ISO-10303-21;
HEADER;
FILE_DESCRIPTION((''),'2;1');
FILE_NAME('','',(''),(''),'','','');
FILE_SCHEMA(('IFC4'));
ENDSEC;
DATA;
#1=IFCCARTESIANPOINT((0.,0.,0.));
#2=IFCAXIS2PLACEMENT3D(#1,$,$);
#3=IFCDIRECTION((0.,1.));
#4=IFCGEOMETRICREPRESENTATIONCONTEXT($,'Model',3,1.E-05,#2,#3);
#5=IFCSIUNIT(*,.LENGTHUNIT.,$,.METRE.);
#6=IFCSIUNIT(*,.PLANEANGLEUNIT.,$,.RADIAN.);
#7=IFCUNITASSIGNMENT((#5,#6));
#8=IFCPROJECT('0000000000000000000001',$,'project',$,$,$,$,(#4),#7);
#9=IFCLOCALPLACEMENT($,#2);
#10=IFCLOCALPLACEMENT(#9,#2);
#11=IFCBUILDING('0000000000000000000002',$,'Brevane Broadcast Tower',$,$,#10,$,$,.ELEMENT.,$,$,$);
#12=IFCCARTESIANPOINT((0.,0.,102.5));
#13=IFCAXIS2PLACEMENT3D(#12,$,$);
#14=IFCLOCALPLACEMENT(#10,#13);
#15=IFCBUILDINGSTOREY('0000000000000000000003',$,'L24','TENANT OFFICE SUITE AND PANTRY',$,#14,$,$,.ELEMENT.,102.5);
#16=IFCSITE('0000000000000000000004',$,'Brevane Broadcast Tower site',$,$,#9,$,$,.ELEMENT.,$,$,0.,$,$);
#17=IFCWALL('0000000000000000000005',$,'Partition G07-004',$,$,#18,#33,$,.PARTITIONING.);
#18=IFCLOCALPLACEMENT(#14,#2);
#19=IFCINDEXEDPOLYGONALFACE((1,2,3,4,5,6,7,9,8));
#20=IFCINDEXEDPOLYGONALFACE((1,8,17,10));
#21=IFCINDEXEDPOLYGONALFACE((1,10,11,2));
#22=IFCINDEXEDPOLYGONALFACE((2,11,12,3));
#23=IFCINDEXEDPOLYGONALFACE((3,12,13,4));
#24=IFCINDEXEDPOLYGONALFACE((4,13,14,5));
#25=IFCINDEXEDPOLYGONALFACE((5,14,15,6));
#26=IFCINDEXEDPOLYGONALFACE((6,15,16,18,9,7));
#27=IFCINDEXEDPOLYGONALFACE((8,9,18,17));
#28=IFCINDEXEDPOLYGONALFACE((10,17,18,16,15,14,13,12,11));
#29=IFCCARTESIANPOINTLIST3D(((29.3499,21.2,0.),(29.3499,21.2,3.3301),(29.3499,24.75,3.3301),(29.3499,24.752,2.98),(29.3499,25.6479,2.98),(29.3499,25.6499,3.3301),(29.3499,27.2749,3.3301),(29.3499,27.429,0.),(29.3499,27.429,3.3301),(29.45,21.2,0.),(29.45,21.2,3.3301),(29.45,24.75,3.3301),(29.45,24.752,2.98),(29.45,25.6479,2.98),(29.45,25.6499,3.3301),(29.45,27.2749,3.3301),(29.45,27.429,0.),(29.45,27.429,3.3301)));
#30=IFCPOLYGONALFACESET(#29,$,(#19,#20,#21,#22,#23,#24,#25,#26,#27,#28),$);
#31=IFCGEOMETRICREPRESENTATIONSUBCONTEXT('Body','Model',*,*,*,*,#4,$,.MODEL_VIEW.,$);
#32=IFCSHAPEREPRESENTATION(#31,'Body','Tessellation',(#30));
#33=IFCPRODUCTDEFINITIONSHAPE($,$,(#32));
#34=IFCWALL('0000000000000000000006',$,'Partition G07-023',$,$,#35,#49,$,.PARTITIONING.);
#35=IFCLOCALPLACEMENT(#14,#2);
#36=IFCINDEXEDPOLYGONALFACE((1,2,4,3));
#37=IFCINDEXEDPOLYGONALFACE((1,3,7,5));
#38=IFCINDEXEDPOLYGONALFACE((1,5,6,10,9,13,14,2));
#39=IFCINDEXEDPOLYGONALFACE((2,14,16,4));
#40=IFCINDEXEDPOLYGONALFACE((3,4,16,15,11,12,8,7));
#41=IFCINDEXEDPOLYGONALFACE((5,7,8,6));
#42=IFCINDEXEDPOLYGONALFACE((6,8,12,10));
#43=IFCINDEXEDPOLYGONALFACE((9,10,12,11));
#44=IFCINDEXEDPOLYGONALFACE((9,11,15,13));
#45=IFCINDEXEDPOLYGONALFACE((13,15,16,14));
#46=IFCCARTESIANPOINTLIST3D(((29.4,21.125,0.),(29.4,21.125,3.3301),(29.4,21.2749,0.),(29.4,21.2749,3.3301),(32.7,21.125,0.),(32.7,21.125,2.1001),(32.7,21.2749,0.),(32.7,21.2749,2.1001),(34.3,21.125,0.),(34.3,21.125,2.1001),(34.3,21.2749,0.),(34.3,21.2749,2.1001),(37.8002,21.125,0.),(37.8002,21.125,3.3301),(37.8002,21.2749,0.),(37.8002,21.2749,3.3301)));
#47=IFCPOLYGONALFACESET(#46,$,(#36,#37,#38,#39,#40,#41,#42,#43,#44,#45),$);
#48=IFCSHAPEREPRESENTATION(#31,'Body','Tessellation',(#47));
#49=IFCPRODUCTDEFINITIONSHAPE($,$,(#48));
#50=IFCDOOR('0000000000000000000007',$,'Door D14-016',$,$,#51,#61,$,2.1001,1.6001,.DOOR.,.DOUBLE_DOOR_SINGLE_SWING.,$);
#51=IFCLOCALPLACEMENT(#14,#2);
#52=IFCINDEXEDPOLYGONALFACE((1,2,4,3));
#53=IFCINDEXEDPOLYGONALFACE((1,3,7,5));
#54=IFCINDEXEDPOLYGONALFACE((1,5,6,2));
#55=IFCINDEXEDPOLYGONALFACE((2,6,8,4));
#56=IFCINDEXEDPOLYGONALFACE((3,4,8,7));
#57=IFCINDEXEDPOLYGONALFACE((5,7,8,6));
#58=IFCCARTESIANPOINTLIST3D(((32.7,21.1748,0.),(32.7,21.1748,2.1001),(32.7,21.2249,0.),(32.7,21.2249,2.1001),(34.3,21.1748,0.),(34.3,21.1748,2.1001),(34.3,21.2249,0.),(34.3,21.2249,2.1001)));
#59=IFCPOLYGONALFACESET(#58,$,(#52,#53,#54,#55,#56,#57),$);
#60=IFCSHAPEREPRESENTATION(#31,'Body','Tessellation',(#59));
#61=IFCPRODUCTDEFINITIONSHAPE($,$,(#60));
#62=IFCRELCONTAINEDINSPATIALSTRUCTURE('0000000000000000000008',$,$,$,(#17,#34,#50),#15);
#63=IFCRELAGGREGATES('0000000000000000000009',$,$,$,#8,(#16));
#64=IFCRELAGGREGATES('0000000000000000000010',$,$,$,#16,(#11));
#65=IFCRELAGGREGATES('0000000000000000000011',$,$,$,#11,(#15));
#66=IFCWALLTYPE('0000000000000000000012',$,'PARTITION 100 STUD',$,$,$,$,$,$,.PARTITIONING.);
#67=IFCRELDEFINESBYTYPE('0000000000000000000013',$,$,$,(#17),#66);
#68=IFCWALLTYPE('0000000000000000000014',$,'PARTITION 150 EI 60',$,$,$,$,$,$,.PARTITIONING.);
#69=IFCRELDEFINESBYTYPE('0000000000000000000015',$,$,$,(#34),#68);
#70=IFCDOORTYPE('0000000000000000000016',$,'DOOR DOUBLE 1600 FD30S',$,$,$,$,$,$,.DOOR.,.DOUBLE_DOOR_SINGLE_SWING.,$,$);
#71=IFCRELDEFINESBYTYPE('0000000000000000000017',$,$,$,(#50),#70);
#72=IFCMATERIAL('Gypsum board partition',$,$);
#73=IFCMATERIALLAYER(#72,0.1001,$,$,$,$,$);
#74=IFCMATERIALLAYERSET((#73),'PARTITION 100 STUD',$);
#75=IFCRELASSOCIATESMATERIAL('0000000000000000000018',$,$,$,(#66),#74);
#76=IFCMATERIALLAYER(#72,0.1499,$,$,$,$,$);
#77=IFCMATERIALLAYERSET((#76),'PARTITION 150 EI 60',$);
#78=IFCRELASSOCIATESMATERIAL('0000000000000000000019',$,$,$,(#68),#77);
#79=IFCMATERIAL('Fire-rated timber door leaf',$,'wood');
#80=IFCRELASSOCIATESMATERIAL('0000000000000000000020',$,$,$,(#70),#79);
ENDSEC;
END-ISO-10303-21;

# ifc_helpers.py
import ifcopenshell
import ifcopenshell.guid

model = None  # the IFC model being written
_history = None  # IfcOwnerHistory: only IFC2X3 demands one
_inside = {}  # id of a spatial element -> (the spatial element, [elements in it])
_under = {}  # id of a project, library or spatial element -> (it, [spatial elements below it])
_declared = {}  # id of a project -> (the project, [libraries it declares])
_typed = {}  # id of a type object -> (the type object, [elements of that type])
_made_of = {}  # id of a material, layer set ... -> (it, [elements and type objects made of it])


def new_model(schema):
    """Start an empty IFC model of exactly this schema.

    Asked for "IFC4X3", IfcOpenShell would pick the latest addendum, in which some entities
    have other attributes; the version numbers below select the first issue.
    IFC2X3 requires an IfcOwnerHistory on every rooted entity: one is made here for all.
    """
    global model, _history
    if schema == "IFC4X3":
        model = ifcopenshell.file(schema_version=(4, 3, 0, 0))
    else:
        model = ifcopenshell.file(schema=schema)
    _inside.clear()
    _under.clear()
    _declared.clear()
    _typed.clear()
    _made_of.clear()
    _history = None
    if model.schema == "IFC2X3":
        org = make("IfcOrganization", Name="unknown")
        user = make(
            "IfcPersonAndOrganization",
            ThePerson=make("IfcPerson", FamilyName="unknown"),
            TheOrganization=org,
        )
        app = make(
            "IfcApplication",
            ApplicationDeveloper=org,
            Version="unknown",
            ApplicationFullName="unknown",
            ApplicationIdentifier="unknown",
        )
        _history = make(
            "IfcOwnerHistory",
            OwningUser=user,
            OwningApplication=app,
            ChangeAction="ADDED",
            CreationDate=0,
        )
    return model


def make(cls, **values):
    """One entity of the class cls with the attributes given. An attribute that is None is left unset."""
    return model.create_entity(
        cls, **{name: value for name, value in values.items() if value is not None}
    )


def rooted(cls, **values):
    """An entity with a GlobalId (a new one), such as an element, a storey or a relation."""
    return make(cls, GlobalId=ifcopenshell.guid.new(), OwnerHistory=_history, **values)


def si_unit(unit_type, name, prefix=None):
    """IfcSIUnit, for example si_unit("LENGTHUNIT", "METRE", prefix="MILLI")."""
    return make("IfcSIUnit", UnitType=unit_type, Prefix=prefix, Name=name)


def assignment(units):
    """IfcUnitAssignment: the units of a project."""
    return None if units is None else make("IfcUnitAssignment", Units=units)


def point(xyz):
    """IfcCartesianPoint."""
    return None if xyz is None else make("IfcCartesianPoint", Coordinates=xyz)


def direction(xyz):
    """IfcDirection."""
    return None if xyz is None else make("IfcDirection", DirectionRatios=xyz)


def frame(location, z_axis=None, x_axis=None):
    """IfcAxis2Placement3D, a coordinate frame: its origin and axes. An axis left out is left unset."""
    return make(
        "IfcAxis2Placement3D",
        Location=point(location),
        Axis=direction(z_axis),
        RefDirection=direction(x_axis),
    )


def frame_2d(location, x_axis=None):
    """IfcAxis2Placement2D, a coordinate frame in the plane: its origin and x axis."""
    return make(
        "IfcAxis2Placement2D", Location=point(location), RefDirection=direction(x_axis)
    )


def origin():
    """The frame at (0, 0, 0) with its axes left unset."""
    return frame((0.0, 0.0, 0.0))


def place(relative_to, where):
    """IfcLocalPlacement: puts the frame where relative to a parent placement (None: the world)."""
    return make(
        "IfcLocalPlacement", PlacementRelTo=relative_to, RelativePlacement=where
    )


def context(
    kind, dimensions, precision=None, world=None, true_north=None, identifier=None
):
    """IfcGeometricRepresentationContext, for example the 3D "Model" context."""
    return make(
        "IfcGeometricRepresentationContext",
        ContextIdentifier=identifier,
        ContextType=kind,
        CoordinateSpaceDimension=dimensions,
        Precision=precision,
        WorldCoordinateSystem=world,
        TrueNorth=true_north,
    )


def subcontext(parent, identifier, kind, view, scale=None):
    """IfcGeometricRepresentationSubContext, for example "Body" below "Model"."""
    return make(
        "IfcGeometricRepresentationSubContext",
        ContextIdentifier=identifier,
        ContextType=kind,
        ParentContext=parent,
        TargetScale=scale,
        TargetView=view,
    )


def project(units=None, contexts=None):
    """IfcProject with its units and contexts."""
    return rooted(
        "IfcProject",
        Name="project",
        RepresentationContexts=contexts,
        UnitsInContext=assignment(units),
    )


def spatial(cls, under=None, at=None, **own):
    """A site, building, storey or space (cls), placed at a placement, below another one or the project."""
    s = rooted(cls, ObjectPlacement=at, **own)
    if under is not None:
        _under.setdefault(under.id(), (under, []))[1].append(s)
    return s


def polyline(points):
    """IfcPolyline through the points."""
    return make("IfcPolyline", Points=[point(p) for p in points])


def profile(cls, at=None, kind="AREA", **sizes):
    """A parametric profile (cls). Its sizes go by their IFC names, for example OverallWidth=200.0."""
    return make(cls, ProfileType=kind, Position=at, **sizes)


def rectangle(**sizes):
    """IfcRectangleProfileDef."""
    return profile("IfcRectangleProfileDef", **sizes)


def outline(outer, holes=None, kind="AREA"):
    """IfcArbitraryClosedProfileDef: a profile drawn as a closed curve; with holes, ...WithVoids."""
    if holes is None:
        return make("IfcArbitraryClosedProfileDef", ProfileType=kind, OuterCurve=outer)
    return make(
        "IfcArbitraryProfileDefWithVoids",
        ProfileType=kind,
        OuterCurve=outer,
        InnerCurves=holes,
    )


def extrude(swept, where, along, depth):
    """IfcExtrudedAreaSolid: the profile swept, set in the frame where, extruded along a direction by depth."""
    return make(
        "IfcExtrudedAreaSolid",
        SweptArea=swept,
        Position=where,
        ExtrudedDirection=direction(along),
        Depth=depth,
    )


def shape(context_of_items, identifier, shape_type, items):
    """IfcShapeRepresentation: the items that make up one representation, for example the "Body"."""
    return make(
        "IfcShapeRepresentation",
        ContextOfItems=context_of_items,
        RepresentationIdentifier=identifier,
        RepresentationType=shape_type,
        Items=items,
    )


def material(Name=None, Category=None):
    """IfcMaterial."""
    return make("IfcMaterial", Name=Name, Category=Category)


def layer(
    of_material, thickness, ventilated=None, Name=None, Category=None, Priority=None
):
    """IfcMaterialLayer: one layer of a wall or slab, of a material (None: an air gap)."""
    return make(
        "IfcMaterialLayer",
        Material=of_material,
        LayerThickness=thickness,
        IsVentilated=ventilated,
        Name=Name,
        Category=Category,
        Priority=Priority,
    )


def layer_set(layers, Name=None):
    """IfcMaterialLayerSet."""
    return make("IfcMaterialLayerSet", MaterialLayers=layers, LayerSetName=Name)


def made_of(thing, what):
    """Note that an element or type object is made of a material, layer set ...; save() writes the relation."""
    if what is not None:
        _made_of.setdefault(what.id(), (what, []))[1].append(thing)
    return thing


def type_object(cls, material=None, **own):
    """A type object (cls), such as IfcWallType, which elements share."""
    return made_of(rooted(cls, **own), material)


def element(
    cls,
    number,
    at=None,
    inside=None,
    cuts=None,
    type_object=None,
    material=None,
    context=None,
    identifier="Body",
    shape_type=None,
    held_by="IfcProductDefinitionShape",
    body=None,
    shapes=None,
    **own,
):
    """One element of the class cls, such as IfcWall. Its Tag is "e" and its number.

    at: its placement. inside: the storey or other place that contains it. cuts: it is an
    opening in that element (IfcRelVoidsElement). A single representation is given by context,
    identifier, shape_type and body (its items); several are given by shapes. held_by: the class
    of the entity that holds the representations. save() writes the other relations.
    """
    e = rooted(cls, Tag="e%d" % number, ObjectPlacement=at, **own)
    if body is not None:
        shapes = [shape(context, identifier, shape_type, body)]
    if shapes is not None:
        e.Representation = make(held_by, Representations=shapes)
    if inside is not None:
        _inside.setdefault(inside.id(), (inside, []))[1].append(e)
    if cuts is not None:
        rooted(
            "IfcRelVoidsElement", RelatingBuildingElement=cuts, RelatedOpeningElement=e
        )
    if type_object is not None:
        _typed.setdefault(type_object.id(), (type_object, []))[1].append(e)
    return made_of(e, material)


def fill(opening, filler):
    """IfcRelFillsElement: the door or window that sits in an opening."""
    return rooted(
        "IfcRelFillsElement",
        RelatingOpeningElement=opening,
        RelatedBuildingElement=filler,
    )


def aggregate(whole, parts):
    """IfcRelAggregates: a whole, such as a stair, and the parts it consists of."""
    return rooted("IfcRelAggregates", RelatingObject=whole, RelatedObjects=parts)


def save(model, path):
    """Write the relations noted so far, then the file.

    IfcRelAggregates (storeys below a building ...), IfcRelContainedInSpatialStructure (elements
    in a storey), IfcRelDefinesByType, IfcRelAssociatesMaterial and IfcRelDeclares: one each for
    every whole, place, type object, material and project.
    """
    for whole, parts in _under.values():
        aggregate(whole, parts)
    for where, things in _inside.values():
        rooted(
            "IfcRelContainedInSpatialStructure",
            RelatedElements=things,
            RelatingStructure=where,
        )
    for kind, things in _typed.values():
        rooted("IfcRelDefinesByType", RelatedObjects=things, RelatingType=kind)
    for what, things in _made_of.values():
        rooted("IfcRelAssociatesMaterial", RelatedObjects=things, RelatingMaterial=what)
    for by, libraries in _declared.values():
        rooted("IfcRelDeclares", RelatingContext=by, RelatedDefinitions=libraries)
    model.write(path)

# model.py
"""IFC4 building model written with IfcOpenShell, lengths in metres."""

from ifc_helpers import new_model, si_unit, direction, frame, frame_2d, origin, place, context, subcontext, project, spatial, polyline, rectangle, outline, extrude, material, layer, layer_set, type_object, element, fill, save


model = new_model("IFC4")

# Units and contexts
model_context = context("Model", 3, precision=1e-05, world=origin(), true_north=direction((0.0, 1.0)))
body_context = subcontext(model_context, "Body", "Model", "MODEL_VIEW")
ifc_project = project(units=[si_unit("LENGTHUNIT", "METRE"), si_unit("PLANEANGLEUNIT", "RADIAN")], contexts=[model_context])

# Site, building, storey
site_placement = place(None, origin())
site = spatial("IfcSite", under=ifc_project, at=site_placement, Name="Brevane Broadcast Tower site", CompositionType="ELEMENT", RefElevation=0.0)
building_placement = place(site_placement, origin())
building = spatial("IfcBuilding", under=site, at=building_placement, Name="Brevane Broadcast Tower", CompositionType="ELEMENT")
storey_placement = place(building_placement, frame((0.0, 0.0, 102.5)))
storey = spatial("IfcBuildingStorey", under=building, at=storey_placement, Name="L24", Description="TENANT OFFICE SUITE AND PANTRY", CompositionType="ELEMENT", Elevation=102.5)

# Wall
ifc_material_1 = material(Name="Gypsum board partition")
ifc_layer_1 = layer(ifc_material_1, 0.1001)
ifc_layer_set_1 = layer_set([ifc_layer_1], Name="PARTITION 100 STUD")
wall_type_1 = type_object("IfcWallType", Name="PARTITION 100 STUD", PredefinedType="PARTITIONING", material=ifc_layer_set_1)
wall_1_placement = place(storey_placement, frame((29.3999, 27.429, 0.0), z_axis=(0.0, 0.0, 1.0), x_axis=(0.0, -1.0, 0.0)))
element("IfcWall", 1, at=wall_1_placement, inside=storey, type_object=wall_type_1, Name="Partition G07-004", PredefinedType="PARTITIONING", context=body_context, shape_type="SweptSolid", body=[
    extrude(outline(polyline([(0.0, 0.0), (6.229, 0.0), (6.229, 3.3301), (2.679, 3.3301), (2.677, 2.98), (1.781, 2.98), (1.7791, 3.3301), (0.1541, 3.3301), (0.0, 3.3301), (0.0, 0.0)])), frame((0.0, 0.05, 0.0), z_axis=(0.0, -1.0, 0.0), x_axis=(1.0, 0.0, 0.0)), (0.0, 0.0, 1.0), 0.1001),
])

# Wall, opening, door
ifc_layer_2 = layer(ifc_material_1, 0.1499)
ifc_layer_set_2 = layer_set([ifc_layer_2], Name="PARTITION 150 EI 60")
wall_type_2 = type_object("IfcWallType", Name="PARTITION 150 EI 60", PredefinedType="PARTITIONING", material=ifc_layer_set_2)
wall_2_placement = place(storey_placement, frame((29.3999, 21.2, 0.0), z_axis=(0.0, 0.0, 1.0), x_axis=(1.0, 0.0, 0.0)))
wall_2 = element("IfcWall", 2, at=wall_2_placement, inside=storey, type_object=wall_type_2, Name="Partition G07-023", PredefinedType="PARTITIONING", context=body_context, shape_type="SweptSolid", body=[
    extrude(rectangle(XDim=8.4001, YDim=0.1499, at=frame_2d((4.2002, 0.0))), origin(), (0.0, 0.0, 1.0), 3.3301),
])
opening_placement = place(wall_2_placement, frame((3.3, 0.0, 0.0)))
opening = element("IfcOpeningElement", 3, at=opening_placement, cuts=wall_2, PredefinedType="OPENING", context=body_context, shape_type="SweptSolid", body=[
    extrude(rectangle(XDim=1.6001, YDim=2.1001, at=frame_2d((0.8, 1.05))), frame((0.0, 0.085, 0.0), z_axis=(0.0, -1.0, 0.0), x_axis=(1.0, 0.0, 0.0)), (0.0, 0.0, 1.0), 0.1699),
])
ifc_material_2 = material(Name="Fire-rated timber door leaf", Category="wood")
door_type = type_object("IfcDoorType", Name="DOOR DOUBLE 1600 FD30S", OperationType="DOUBLE_DOOR_SINGLE_SWING", PredefinedType="DOOR", material=ifc_material_2)
door_placement = place(opening_placement, origin())
door = element("IfcDoor", 4, at=door_placement, inside=storey, type_object=door_type, Name="Door D14-016", OperationType="DOUBLE_DOOR_SINGLE_SWING", OverallHeight=2.1001, OverallWidth=1.6001, PredefinedType="DOOR", context=body_context, shape_type="SweptSolid", body=[
    extrude(rectangle(XDim=1.6001, YDim=2.1001, at=frame_2d((0.8, 1.05))), frame((0.0, 0.0249, 0.0), z_axis=(0.0, -1.0, 0.0), x_axis=(1.0, 0.0, 0.0)), (0.0, 0.0, 1.0), 0.05),
])
fill(opening, door)

save(model, "model.ifc")
